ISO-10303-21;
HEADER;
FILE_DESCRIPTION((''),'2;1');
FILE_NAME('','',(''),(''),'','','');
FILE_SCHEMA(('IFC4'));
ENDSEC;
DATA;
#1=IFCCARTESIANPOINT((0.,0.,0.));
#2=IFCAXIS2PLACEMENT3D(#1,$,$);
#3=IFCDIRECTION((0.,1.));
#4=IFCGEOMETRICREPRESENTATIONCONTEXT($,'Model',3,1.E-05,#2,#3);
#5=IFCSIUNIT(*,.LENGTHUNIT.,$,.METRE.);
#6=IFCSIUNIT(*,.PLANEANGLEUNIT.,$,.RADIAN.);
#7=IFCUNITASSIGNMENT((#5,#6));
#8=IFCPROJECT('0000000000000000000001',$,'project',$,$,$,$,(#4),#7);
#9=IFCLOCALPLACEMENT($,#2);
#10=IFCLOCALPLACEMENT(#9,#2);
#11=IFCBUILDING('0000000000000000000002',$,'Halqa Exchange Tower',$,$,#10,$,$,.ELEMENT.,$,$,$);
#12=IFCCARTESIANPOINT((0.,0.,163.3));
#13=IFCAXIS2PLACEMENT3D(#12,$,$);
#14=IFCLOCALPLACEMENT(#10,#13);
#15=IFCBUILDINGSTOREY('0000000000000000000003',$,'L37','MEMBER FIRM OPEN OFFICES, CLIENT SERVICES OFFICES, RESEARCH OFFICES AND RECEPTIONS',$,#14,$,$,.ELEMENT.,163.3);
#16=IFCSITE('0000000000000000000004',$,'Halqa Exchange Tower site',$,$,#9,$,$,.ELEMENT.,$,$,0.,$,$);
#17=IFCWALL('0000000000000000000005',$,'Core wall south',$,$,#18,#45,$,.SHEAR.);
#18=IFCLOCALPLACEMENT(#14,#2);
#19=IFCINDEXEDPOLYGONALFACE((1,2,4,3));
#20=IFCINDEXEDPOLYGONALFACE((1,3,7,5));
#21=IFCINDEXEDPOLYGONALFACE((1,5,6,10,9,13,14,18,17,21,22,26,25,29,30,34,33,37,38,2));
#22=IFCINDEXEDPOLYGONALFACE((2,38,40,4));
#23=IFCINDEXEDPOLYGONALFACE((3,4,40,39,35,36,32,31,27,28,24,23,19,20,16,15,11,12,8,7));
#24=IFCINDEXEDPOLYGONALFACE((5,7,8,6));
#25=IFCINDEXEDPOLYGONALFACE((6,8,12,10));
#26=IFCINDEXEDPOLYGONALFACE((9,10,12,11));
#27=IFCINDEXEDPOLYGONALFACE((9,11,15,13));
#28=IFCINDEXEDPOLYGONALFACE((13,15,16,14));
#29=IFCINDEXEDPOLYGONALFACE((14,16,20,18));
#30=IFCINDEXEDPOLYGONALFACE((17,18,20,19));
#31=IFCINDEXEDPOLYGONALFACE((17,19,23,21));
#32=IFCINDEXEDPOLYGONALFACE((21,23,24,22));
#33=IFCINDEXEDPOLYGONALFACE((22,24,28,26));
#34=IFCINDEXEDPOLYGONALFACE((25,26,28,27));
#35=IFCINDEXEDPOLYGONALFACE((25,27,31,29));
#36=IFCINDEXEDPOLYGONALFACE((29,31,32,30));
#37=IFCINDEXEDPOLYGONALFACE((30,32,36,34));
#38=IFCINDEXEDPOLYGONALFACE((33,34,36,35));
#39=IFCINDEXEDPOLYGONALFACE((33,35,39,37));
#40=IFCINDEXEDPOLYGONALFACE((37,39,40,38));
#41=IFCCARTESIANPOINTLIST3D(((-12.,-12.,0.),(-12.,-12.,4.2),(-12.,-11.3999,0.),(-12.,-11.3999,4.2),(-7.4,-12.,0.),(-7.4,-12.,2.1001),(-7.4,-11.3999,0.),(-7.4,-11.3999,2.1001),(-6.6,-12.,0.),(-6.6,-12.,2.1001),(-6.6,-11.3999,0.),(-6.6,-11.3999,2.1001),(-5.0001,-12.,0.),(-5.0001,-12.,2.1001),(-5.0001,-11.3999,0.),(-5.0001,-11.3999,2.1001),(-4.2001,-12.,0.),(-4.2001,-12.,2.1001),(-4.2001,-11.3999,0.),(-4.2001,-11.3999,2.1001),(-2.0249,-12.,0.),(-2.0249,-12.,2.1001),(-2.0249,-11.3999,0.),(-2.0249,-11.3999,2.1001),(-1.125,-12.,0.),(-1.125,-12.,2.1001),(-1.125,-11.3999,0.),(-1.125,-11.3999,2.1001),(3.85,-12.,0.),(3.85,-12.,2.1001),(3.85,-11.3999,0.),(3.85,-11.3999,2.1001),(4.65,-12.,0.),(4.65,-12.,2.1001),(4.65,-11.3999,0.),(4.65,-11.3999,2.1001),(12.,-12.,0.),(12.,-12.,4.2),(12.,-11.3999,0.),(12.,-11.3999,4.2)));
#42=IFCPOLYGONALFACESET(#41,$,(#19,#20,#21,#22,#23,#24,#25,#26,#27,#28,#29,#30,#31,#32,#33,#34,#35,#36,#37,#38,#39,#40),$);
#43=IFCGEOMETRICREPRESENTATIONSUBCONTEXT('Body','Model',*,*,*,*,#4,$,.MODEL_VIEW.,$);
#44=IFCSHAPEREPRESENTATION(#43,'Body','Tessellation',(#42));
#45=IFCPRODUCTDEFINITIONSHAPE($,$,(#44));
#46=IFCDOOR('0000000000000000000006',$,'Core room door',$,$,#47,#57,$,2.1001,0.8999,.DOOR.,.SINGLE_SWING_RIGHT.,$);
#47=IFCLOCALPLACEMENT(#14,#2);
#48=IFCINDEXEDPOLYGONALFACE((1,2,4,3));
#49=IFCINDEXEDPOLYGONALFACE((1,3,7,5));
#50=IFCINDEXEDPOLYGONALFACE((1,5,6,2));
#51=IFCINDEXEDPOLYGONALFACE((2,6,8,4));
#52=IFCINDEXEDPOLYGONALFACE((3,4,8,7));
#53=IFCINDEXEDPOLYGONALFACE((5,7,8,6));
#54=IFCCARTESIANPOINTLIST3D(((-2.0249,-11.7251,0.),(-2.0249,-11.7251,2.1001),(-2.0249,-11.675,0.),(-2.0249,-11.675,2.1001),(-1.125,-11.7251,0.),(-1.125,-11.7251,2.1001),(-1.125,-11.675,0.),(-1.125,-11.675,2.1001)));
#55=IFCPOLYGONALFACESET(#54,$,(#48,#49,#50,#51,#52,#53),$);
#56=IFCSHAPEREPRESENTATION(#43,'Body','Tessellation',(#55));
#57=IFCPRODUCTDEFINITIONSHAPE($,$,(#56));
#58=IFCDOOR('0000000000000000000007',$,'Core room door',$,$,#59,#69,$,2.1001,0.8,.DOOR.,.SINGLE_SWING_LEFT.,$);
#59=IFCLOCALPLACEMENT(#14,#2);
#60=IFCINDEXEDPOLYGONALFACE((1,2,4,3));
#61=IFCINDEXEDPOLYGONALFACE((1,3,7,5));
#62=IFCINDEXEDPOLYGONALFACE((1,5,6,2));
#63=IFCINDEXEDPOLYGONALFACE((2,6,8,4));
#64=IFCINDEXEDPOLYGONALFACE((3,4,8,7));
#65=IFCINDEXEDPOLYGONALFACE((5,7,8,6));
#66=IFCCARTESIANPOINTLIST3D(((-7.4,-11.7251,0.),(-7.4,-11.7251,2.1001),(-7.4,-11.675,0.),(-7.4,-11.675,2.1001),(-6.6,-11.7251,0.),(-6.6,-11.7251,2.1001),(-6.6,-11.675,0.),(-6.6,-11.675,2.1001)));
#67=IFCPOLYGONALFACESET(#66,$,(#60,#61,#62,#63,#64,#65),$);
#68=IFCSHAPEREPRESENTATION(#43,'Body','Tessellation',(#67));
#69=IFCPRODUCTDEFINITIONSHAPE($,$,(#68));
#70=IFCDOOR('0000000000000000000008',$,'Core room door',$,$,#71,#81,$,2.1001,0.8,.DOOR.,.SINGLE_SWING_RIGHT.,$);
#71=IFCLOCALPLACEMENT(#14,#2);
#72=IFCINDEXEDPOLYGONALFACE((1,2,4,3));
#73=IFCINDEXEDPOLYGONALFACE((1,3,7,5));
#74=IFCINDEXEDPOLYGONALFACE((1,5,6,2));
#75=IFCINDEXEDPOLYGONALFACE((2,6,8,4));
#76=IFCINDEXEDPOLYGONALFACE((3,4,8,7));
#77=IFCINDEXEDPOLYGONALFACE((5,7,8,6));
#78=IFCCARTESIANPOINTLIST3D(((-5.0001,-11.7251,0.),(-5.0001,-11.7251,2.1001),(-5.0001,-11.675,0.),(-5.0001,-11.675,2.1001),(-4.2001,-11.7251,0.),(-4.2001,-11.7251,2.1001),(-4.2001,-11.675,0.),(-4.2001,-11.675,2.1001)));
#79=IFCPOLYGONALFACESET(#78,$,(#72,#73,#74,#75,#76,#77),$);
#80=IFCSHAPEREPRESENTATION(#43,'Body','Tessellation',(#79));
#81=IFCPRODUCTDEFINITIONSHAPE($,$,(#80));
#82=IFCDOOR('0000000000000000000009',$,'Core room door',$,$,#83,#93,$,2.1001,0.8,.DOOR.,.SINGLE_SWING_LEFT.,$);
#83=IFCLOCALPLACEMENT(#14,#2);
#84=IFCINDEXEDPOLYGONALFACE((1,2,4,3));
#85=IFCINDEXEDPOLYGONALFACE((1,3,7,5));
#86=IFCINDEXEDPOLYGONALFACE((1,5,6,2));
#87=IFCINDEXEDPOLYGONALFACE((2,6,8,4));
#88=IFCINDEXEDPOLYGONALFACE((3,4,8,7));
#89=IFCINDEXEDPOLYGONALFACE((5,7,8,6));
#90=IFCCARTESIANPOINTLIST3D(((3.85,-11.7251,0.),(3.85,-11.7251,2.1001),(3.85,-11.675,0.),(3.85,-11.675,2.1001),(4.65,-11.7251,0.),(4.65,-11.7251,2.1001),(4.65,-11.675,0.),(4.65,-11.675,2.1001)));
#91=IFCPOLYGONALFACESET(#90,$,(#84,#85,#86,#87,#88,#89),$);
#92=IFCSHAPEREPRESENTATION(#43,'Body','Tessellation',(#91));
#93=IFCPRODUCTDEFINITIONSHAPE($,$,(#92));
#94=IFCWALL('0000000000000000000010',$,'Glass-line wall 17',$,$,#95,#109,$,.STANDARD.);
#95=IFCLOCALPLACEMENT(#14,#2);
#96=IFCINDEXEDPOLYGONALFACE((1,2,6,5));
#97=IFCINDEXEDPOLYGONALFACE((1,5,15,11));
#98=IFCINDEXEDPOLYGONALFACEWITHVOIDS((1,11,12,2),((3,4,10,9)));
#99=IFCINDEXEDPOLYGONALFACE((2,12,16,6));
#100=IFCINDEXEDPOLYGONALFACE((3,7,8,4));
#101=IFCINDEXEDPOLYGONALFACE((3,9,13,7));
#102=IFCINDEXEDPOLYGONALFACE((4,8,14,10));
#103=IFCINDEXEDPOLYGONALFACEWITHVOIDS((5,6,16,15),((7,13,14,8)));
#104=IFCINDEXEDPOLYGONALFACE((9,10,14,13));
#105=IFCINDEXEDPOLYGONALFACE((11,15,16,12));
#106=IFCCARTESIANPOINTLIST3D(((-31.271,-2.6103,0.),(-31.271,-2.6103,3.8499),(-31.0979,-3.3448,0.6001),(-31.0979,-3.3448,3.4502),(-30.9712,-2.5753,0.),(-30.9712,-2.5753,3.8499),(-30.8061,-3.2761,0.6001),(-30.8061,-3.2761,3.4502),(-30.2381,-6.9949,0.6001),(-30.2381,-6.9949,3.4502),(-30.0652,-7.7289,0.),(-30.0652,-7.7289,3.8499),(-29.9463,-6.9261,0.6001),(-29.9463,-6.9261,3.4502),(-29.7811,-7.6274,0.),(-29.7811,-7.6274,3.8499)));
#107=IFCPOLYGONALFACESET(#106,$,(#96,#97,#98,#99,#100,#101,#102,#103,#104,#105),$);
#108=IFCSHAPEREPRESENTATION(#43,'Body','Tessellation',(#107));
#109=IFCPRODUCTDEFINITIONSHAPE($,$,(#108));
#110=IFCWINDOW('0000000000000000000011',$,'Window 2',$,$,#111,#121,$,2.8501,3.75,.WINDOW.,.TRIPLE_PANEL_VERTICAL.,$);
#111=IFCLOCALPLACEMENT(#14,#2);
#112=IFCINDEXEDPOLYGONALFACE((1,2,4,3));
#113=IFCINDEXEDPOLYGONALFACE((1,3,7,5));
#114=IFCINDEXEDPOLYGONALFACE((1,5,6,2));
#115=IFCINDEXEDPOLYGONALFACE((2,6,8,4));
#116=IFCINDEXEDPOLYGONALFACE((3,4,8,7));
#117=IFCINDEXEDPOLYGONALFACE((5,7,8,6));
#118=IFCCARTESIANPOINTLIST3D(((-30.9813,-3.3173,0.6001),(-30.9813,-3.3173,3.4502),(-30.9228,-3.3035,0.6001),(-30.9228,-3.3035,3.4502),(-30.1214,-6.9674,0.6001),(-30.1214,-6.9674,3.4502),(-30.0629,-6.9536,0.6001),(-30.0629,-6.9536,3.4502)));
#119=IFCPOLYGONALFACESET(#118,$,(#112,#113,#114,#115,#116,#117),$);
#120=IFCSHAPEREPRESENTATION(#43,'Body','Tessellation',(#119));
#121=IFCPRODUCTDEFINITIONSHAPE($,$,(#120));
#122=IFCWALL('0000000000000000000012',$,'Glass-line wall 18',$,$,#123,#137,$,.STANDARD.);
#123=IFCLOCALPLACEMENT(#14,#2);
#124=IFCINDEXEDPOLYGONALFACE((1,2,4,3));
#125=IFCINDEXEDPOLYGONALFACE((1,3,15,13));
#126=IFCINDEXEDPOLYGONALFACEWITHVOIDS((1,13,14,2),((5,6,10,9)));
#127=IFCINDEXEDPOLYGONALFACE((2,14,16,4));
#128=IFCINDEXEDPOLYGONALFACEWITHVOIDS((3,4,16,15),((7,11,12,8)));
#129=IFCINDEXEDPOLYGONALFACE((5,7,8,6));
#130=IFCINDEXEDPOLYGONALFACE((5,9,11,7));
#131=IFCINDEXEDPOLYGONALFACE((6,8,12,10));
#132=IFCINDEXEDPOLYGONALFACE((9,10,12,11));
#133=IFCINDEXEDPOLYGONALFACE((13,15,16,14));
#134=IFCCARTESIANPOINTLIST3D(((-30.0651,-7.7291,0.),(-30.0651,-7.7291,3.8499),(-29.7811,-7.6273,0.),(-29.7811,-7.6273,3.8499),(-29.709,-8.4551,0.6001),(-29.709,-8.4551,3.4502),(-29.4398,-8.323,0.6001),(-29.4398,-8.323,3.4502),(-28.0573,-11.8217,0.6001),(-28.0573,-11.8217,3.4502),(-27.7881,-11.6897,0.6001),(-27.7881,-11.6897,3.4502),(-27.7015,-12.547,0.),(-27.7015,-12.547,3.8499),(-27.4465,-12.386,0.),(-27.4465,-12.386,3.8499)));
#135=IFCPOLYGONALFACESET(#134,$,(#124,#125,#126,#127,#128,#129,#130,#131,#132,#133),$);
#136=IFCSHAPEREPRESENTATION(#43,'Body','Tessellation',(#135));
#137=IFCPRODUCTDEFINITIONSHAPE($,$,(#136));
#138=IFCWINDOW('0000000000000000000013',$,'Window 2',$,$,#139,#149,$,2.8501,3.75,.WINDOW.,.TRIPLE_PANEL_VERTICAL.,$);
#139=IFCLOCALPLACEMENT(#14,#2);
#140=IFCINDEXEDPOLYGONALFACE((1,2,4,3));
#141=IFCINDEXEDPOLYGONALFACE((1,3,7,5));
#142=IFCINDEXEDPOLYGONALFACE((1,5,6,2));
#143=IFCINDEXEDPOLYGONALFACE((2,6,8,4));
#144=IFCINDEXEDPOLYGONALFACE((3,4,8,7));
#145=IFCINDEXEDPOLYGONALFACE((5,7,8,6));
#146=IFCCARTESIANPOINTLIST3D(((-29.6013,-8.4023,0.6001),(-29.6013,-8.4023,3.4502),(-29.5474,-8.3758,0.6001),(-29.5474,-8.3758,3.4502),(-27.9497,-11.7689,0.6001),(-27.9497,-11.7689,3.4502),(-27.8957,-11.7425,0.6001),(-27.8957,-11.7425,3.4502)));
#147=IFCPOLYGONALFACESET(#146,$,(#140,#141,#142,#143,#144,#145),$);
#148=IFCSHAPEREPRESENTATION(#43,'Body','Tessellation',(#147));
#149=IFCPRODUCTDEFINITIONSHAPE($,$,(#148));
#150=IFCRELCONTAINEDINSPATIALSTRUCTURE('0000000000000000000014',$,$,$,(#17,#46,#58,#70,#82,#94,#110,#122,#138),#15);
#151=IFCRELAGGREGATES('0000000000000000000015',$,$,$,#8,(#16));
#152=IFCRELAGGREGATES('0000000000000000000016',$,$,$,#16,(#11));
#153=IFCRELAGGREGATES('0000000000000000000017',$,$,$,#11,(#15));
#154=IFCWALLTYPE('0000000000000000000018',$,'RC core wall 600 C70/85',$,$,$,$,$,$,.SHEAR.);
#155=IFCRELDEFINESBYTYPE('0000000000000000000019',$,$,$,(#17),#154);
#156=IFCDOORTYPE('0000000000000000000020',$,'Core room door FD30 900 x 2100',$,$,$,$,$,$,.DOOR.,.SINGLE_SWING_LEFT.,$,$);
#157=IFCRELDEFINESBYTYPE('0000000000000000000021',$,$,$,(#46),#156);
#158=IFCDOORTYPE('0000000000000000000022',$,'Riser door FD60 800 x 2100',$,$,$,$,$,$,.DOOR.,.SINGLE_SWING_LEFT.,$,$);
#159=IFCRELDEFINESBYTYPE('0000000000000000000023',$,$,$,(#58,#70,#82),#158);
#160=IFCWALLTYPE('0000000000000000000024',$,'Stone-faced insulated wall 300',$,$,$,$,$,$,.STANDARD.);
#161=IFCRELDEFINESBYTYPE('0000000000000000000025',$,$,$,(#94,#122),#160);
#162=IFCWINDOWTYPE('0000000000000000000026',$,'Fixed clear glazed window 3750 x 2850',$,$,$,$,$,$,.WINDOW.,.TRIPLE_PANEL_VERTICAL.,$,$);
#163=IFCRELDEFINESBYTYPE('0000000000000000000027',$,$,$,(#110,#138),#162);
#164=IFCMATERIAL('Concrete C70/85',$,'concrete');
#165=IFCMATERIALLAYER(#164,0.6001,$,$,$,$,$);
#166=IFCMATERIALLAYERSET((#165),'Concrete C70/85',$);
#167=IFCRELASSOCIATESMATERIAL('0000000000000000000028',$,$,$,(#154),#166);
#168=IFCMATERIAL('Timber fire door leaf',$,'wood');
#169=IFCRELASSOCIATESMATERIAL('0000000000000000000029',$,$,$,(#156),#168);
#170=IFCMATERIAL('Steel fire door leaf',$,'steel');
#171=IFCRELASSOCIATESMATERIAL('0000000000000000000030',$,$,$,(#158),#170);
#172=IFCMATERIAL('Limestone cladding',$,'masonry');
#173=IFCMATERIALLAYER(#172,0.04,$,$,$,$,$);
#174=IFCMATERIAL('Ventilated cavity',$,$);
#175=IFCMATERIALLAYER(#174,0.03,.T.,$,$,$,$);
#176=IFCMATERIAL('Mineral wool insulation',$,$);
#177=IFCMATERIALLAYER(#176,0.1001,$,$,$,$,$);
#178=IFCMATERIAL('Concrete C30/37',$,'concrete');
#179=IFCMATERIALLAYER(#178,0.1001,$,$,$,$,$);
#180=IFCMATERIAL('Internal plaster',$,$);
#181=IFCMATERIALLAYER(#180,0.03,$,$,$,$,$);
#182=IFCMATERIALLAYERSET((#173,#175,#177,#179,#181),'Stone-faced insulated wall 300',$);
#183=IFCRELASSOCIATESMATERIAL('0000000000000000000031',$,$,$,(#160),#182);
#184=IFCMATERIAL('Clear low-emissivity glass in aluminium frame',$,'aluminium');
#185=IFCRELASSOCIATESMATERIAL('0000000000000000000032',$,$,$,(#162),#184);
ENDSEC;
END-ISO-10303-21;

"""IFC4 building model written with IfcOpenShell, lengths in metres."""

from ifc_helpers import new_model, si_unit, direction, frame, frame_2d, origin, place, context, subcontext, project, spatial, polyline, rectangle, outline, extrude, material, layer, layer_set, type_object, element, fill, save


model = new_model("IFC4")

# Units and contexts
model_context = context("Model", 3, precision=1e-05, world=origin(), true_north=direction((0.0, 1.0)))
body_context = subcontext(model_context, "Body", "Model", "MODEL_VIEW")
ifc_project = project(units=[si_unit("LENGTHUNIT", "METRE"), si_unit("PLANEANGLEUNIT", "RADIAN")], contexts=[model_context])

# Site, building, storey
site_placement = place(None, origin())
site = spatial("IfcSite", under=ifc_project, at=site_placement, Name="Halqa Exchange Tower site", CompositionType="ELEMENT", RefElevation=0.0)
building_placement = place(site_placement, origin())
building = spatial("IfcBuilding", under=site, at=building_placement, Name="Halqa Exchange Tower", CompositionType="ELEMENT")
storey_placement = place(building_placement, frame((0.0, 0.0, 163.3)))
storey = spatial("IfcBuildingStorey", under=building, at=storey_placement, Name="L37", Description="MEMBER FIRM OPEN OFFICES, CLIENT SERVICES OFFICES, RESEARCH OFFICES AND RECEPTIONS", CompositionType="ELEMENT", Elevation=163.3)

# Shared definitions
ifc_material_1 = material(Name="Concrete C70/85", Category="concrete")

# Wall, openings, doors
ifc_layer_1 = layer(ifc_material_1, 0.6001)
ifc_layer_set_1 = layer_set([ifc_layer_1], Name="Concrete C70/85")
wall_type_1 = type_object("IfcWallType", Name="RC core wall 600 C70/85", PredefinedType="SHEAR", material=ifc_layer_set_1)
wall_1_placement = place(storey_placement, frame((-12.0, -11.7, 0.0), z_axis=(0.0, 0.0, 1.0), x_axis=(1.0, 0.0, 0.0)))
wall_1 = element("IfcWall", 1, at=wall_1_placement, inside=storey, type_object=wall_type_1, Name="Core wall south", PredefinedType="SHEAR", context=body_context, shape_type="SweptSolid", body=[
    extrude(rectangle(XDim=24.0, YDim=0.6001, at=frame_2d((12.0, 0.0))), origin(), (0.0, 0.0, 1.0), 4.2),
])
opening_1_placement = place(wall_1_placement, frame((9.9751, 0.0, 0.0)))
opening_1 = element("IfcOpeningElement", 2, at=opening_1_placement, cuts=wall_1, PredefinedType="OPENING", context=body_context, shape_type="SweptSolid", body=[
    extrude(rectangle(XDim=0.8999, YDim=2.1001, at=frame_2d((0.45, 1.05))), frame((0.0, 0.312, 0.0), z_axis=(0.0, -1.0, 0.0), x_axis=(1.0, 0.0, 0.0)), (0.0, 0.0, 1.0), 0.624),
])
opening_2_placement = place(wall_1_placement, frame((4.6001, 0.0, 0.0)))
opening_2 = element("IfcOpeningElement", 3, at=opening_2_placement, cuts=wall_1, PredefinedType="OPENING", context=body_context, shape_type="SweptSolid", body=[
    extrude(rectangle(XDim=0.8, YDim=2.1001, at=frame_2d((0.3999, 1.05))), frame((0.0, 0.312, 0.0), z_axis=(0.0, -1.0, 0.0), x_axis=(1.0, 0.0, 0.0)), (0.0, 0.0, 1.0), 0.624),
])
opening_3_placement = place(wall_1_placement, frame((7.0, 0.0, 0.0)))
opening_3 = element("IfcOpeningElement", 4, at=opening_3_placement, cuts=wall_1, PredefinedType="OPENING", context=body_context, shape_type="SweptSolid", body=[
    extrude(rectangle(XDim=0.8, YDim=2.1001, at=frame_2d((0.3999, 1.05))), frame((0.0, 0.312, 0.0), z_axis=(0.0, -1.0, 0.0), x_axis=(1.0, 0.0, 0.0)), (0.0, 0.0, 1.0), 0.624),
])
opening_4_placement = place(wall_1_placement, frame((15.8501, 0.0, 0.0)))
opening_4 = element("IfcOpeningElement", 5, at=opening_4_placement, cuts=wall_1, PredefinedType="OPENING", context=body_context, shape_type="SweptSolid", body=[
    extrude(rectangle(XDim=0.8, YDim=2.1001, at=frame_2d((0.3999, 1.05))), frame((0.0, 0.312, 0.0), z_axis=(0.0, -1.0, 0.0), x_axis=(1.0, 0.0, 0.0)), (0.0, 0.0, 1.0), 0.624),
])
ifc_material_2 = material(Name="Timber fire door leaf", Category="wood")
door_type_1 = type_object("IfcDoorType", Name="Core room door FD30 900 x 2100", OperationType="SINGLE_SWING_LEFT", PredefinedType="DOOR", material=ifc_material_2)
door_1_placement = place(opening_1_placement, origin())
door_1 = element("IfcDoor", 6, at=door_1_placement, inside=storey, type_object=door_type_1, Name="Core room door", OperationType="SINGLE_SWING_RIGHT", OverallHeight=2.1001, OverallWidth=0.8999, PredefinedType="DOOR", context=body_context, shape_type="SweptSolid", body=[
    extrude(rectangle(XDim=0.8999, YDim=2.1001, at=frame_2d((0.45, 1.05))), frame((0.0, 0.0249, 0.0), z_axis=(0.0, -1.0, 0.0), x_axis=(1.0, 0.0, 0.0)), (0.0, 0.0, 1.0), 0.05),
])
fill(opening_1, door_1)
ifc_material_3 = material(Name="Steel fire door leaf", Category="steel")
door_type_2 = type_object("IfcDoorType", Name="Riser door FD60 800 x 2100", OperationType="SINGLE_SWING_LEFT", PredefinedType="DOOR", material=ifc_material_3)
door_2_placement = place(opening_2_placement, origin())
door_2 = element("IfcDoor", 7, at=door_2_placement, inside=storey, type_object=door_type_2, Name="Core room door", OperationType="SINGLE_SWING_LEFT", OverallHeight=2.1001, OverallWidth=0.8, PredefinedType="DOOR", context=body_context, shape_type="SweptSolid", body=[
    extrude(rectangle(XDim=0.8, YDim=2.1001, at=frame_2d((0.3999, 1.05))), frame((0.0, 0.0249, 0.0), z_axis=(0.0, -1.0, 0.0), x_axis=(1.0, 0.0, 0.0)), (0.0, 0.0, 1.0), 0.05),
])
fill(opening_2, door_2)
door_3_placement = place(opening_3_placement, origin())
door_3 = element("IfcDoor", 8, at=door_3_placement, inside=storey, type_object=door_type_2, Name="Core room door", OperationType="SINGLE_SWING_RIGHT", OverallHeight=2.1001, OverallWidth=0.8, PredefinedType="DOOR", context=body_context, shape_type="SweptSolid", body=[
    extrude(rectangle(XDim=0.8, YDim=2.1001, at=frame_2d((0.3999, 1.05))), frame((0.0, 0.0249, 0.0), z_axis=(0.0, -1.0, 0.0), x_axis=(1.0, 0.0, 0.0)), (0.0, 0.0, 1.0), 0.05),
])
fill(opening_3, door_3)
door_4_placement = place(opening_4_placement, origin())
door_4 = element("IfcDoor", 9, at=door_4_placement, inside=storey, type_object=door_type_2, Name="Core room door", OperationType="SINGLE_SWING_LEFT", OverallHeight=2.1001, OverallWidth=0.8, PredefinedType="DOOR", context=body_context, shape_type="SweptSolid", body=[
    extrude(rectangle(XDim=0.8, YDim=2.1001, at=frame_2d((0.3999, 1.05))), frame((0.0, 0.0249, 0.0), z_axis=(0.0, -1.0, 0.0), x_axis=(1.0, 0.0, 0.0)), (0.0, 0.0, 1.0), 0.05),
])
fill(opening_4, door_4)

# Walls, openings, windows
ifc_material_4 = material(Name="Limestone cladding", Category="masonry")
ifc_layer_2 = layer(ifc_material_4, 0.04)
ifc_material_5 = material(Name="Ventilated cavity")
ifc_layer_3 = layer(ifc_material_5, 0.03, ventilated=True)
ifc_material_6 = material(Name="Mineral wool insulation")
ifc_layer_4 = layer(ifc_material_6, 0.1001)
ifc_material_7 = material(Name="Concrete C30/37", Category="concrete")
ifc_layer_5 = layer(ifc_material_7, 0.1001)
ifc_material_8 = material(Name="Internal plaster")
ifc_layer_6 = layer(ifc_material_8, 0.03)
ifc_layer_set_2 = layer_set([ifc_layer_2, ifc_layer_3, ifc_layer_4, ifc_layer_5, ifc_layer_6], Name="Stone-faced insulated wall 300")
wall_type_2 = type_object("IfcWallType", Name="Stone-faced insulated wall 300", PredefinedType="STANDARD", material=ifc_layer_set_2)
wall_2_placement = place(storey_placement, frame((-31.1211, -2.5928, 0.0), z_axis=(0.0, 0.0, 1.0), x_axis=(0.229297, -0.973356, 0.0)))
wall_2 = element("IfcWall", 10, at=wall_2_placement, inside=storey, type_object=wall_type_2, Name="Glass-line wall 17", PredefinedType="STANDARD", context=body_context, shape_type="SweptSolid", body=[
    extrude(outline(polyline([(-0.0173, -0.1499), (5.2415, -0.1499), (5.2078, 0.1499), (0.0173, 0.1499), (-0.0173, -0.1499)])), origin(), (0.0, 0.0, 1.0), 3.8499),
])
opening_5_placement = place(wall_2_placement, frame((0.7373, 0.0, 0.6001)))
opening_5 = element("IfcOpeningElement", 11, at=opening_5_placement, cuts=wall_2, PredefinedType="OPENING", context=body_context, shape_type="SweptSolid", body=[
    extrude(rectangle(XDim=3.75, YDim=2.8501, at=frame_2d((1.875, 1.425))), frame((0.0, 0.1621, 0.0), z_axis=(0.0, -1.0, 0.0), x_axis=(1.0, 0.0, 0.0)), (0.0, 0.0, 1.0), 0.324),
])
ifc_material_9 = material(Name="Clear low-emissivity glass in aluminium frame", Category="aluminium")
window_type = type_object("IfcWindowType", Name="Fixed clear glazed window 3750 x 2850", PartitioningType="TRIPLE_PANEL_VERTICAL", PredefinedType="WINDOW", material=ifc_material_9)
window_1_placement = place(opening_5_placement, origin())
window_1 = element("IfcWindow", 12, at=window_1_placement, inside=storey, type_object=window_type, Name="Window 2", OverallHeight=2.8501, OverallWidth=3.75, PartitioningType="TRIPLE_PANEL_VERTICAL", PredefinedType="WINDOW", context=body_context, shape_type="SweptSolid", body=[
    extrude(rectangle(XDim=3.75, YDim=2.8501, at=frame_2d((1.875, 1.425))), frame((0.0, 0.03, 0.0), z_axis=(0.0, -1.0, 0.0), x_axis=(1.0, 0.0, 0.0)), (0.0, 0.0, 1.0), 0.0601),
])
fill(opening_5, window_1)
wall_3_placement = place(storey_placement, frame((-29.9231, -7.6782, 0.0), z_axis=(0.0, 0.0, 1.0), x_axis=(0.440444, -0.89778, 0.0)))
wall_3 = element("IfcWall", 13, at=wall_3_placement, inside=storey, type_object=wall_type_2, Name="Glass-line wall 18", PredefinedType="STANDARD", context=body_context, shape_type="SweptSolid", body=[
    extrude(outline(polyline([(-0.0168, -0.1499), (5.3496, -0.1499), (5.3174, 0.1499), (0.0168, 0.1499), (-0.0168, -0.1499)])), origin(), (0.0, 0.0, 1.0), 3.8499),
])
opening_6_placement = place(wall_3_placement, frame((0.7917, 0.0, 0.6001)))
opening_6 = element("IfcOpeningElement", 14, at=opening_6_placement, cuts=wall_3, PredefinedType="OPENING", context=body_context, shape_type="SweptSolid", body=[
    extrude(rectangle(XDim=3.75, YDim=2.8501, at=frame_2d((1.875, 1.425))), frame((0.0, 0.1621, 0.0), z_axis=(0.0, -1.0, 0.0), x_axis=(1.0, 0.0, 0.0)), (0.0, 0.0, 1.0), 0.324),
])
window_2_placement = place(opening_6_placement, origin())
window_2 = element("IfcWindow", 15, at=window_2_placement, inside=storey, type_object=window_type, Name="Window 2", OverallHeight=2.8501, OverallWidth=3.75, PartitioningType="TRIPLE_PANEL_VERTICAL", PredefinedType="WINDOW", context=body_context, shape_type="SweptSolid", body=[
    extrude(rectangle(XDim=3.75, YDim=2.8501, at=frame_2d((1.875, 1.425))), frame((0.0, 0.03, 0.0), z_axis=(0.0, -1.0, 0.0), x_axis=(1.0, 0.0, 0.0)), (0.0, 0.0, 1.0), 0.0601),
])
fill(opening_6, window_2)

save(model, "model.ifc")
